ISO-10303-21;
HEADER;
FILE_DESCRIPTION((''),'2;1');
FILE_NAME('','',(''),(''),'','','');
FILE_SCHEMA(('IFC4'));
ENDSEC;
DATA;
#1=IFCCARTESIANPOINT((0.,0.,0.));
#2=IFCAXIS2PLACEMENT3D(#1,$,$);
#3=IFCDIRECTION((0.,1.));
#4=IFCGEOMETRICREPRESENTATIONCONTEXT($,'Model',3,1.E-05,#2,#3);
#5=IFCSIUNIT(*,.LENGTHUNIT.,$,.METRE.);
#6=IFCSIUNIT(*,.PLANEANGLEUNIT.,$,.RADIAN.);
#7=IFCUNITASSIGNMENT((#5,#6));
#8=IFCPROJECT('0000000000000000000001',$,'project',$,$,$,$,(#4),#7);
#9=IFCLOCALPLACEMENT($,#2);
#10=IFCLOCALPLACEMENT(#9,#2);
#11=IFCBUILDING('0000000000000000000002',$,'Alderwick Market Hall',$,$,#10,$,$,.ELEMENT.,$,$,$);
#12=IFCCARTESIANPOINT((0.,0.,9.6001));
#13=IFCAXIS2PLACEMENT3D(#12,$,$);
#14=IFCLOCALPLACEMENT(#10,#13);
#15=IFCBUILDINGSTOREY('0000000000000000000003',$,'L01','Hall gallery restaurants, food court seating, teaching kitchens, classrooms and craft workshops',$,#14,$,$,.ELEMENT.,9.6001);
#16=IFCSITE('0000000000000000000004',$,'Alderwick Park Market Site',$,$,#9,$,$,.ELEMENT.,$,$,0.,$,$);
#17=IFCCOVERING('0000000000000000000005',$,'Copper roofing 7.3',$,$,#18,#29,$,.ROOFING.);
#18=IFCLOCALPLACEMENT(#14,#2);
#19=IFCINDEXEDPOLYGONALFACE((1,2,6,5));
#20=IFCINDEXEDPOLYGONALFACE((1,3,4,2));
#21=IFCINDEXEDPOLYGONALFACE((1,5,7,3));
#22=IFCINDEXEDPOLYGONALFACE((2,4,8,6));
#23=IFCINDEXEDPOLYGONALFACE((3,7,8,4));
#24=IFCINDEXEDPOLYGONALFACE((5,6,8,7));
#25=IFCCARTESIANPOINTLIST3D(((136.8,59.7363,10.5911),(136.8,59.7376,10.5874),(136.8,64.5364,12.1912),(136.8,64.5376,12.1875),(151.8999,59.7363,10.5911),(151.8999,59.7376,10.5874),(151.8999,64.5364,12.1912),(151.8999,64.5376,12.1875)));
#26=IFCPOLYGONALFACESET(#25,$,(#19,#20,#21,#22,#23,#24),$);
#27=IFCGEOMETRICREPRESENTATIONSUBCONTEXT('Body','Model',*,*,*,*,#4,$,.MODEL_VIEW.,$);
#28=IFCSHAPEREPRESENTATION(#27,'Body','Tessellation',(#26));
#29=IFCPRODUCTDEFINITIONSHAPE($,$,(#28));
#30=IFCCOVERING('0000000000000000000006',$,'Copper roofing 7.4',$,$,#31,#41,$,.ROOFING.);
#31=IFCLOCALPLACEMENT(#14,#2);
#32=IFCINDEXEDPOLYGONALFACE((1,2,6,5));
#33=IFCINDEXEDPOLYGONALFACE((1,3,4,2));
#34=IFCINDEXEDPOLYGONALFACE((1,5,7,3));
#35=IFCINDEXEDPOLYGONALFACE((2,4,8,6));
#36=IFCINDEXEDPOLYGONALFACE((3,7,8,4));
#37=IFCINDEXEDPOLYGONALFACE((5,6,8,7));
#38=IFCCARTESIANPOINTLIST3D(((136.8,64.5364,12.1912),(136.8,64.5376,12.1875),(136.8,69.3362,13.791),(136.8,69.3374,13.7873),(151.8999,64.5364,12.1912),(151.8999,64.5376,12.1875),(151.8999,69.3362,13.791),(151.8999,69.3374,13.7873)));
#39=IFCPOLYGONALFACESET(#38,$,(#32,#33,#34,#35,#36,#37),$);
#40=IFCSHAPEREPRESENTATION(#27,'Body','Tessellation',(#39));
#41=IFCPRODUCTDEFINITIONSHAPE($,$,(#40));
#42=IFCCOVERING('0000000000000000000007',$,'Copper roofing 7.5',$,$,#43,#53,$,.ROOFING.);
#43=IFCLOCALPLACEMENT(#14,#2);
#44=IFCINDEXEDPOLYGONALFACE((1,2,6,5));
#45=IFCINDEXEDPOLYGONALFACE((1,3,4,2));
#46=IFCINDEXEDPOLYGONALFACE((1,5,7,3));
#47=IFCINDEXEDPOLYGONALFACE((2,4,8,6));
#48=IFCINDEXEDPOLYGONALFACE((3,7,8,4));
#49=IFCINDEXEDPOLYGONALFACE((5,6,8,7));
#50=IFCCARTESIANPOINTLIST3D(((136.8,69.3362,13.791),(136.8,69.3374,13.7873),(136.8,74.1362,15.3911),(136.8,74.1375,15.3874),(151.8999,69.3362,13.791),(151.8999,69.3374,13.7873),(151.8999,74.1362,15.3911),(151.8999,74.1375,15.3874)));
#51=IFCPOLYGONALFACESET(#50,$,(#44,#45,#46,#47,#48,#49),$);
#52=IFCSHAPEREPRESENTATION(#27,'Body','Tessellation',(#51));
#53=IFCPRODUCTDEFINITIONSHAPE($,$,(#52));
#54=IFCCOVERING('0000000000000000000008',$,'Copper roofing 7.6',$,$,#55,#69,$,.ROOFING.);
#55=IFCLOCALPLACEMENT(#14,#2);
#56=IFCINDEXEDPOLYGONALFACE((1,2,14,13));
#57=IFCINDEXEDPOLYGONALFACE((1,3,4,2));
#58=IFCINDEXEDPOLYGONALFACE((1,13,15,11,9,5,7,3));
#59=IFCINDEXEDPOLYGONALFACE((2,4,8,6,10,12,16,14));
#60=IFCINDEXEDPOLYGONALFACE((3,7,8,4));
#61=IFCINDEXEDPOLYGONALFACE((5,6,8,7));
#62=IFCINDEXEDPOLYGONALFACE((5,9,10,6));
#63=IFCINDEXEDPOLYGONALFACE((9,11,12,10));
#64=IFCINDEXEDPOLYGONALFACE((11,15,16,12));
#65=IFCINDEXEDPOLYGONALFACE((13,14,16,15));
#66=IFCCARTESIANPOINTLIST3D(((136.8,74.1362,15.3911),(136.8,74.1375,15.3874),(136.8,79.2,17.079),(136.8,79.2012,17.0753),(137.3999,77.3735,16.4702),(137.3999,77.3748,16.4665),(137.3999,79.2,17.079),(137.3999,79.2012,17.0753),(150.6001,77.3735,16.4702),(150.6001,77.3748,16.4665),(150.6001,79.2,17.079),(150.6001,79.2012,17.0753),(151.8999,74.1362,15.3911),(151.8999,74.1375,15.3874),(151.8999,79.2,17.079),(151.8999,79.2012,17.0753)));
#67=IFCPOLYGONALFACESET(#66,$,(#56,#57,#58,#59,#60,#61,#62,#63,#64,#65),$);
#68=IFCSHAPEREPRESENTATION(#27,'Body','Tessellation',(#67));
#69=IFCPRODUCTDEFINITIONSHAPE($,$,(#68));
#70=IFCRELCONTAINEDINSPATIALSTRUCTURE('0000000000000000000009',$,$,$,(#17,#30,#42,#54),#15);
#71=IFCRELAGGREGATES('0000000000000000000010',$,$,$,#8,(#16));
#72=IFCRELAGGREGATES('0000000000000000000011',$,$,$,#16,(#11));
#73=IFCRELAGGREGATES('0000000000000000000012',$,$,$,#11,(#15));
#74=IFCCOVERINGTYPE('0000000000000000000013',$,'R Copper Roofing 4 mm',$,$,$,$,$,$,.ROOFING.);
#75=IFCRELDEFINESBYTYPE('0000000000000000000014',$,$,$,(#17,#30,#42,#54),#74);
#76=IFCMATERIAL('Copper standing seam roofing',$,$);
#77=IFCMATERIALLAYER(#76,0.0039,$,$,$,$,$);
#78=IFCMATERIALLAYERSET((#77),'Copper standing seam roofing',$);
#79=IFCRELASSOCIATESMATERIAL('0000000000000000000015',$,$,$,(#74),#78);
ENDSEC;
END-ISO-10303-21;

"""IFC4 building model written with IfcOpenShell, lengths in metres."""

from ifc_helpers import new_model, si_unit, direction, frame, origin, place, context, subcontext, project, spatial, polyline, outline, extrude, material, layer, layer_set, type_object, element, save


model = new_model("IFC4")

# Units and contexts
model_context = context("Model", 3, precision=1e-05, world=origin(), true_north=direction((0.0, 1.0)))
body_context = subcontext(model_context, "Body", "Model", "MODEL_VIEW")
ifc_project = project(units=[si_unit("LENGTHUNIT", "METRE"), si_unit("PLANEANGLEUNIT", "RADIAN")], contexts=[model_context])

# Site, building, storey
site_placement = place(None, origin())
site = spatial("IfcSite", under=ifc_project, at=site_placement, Name="Alderwick Park Market Site", CompositionType="ELEMENT", RefElevation=0.0)
building_placement = place(site_placement, origin())
building = spatial("IfcBuilding", under=site, at=building_placement, Name="Alderwick Market Hall", CompositionType="ELEMENT")
storey_placement = place(building_placement, frame((0.0, 0.0, 9.6001)))
storey = spatial("IfcBuildingStorey", under=building, at=storey_placement, Name="L01", Description="Hall gallery restaurants, food court seating, teaching kitchens, classrooms and craft workshops", CompositionType="ELEMENT", Elevation=9.6001)

# Coverings
ifc_material_1 = material(Name="Copper standing seam roofing")
ifc_layer_1 = layer(ifc_material_1, 0.0039)
ifc_layer_set_1 = layer_set([ifc_layer_1], Name="Copper standing seam roofing")
covering_type = type_object("IfcCoveringType", Name="R Copper Roofing 4 mm", PredefinedType="ROOFING", material=ifc_layer_set_1)
covering_1_placement = place(storey_placement, frame((136.8, 59.7363, 10.5911), z_axis=(0.0, -0.316242, 0.948678), x_axis=(1.0, 0.0, 0.0)))
element("IfcCovering", 1, at=covering_1_placement, inside=storey, type_object=covering_type, Name="Copper roofing 7.3", PredefinedType="ROOFING", context=body_context, shape_type="SweptSolid", body=[
    extrude(outline(polyline([(0.0, 0.0), (15.0999, 0.0), (15.0999, 5.0597), (0.0, 5.0597), (0.0, 0.0)])), origin(), (0.0, 0.0, -1.0), 0.0039),
])
covering_2_placement = place(storey_placement, frame((136.8, 64.5364, 12.1912), z_axis=(0.0, -0.316213, 0.948688), x_axis=(1.0, 0.0, 0.0)))
element("IfcCovering", 2, at=covering_2_placement, inside=storey, type_object=covering_type, Name="Copper roofing 7.4", PredefinedType="ROOFING", context=body_context, shape_type="SweptSolid", body=[
    extrude(outline(polyline([(0.0, 0.0), (15.0999, 0.0), (15.0999, 5.0594), (0.0, 5.0594), (0.0, 0.0)])), origin(), (0.0, 0.0, -1.0), 0.0039),
])
covering_3_placement = place(storey_placement, frame((136.8, 69.3362, 13.791), z_axis=(0.0, -0.316242, 0.948678), x_axis=(1.0, 0.0, 0.0)))
element("IfcCovering", 3, at=covering_3_placement, inside=storey, type_object=covering_type, Name="Copper roofing 7.5", PredefinedType="ROOFING", context=body_context, shape_type="SweptSolid", body=[
    extrude(outline(polyline([(0.0, 0.0), (15.0999, 0.0), (15.0999, 5.0597), (0.0, 5.0597), (0.0, 0.0)])), origin(), (0.0, 0.0, -1.0), 0.0039),
])
covering_4_placement = place(storey_placement, frame((136.8, 74.1362, 15.3911), z_axis=(0.0, -0.31623, 0.948682), x_axis=(1.0, 0.0, 0.0)))
element("IfcCovering", 4, at=covering_4_placement, inside=storey, type_object=covering_type, Name="Copper roofing 7.6", PredefinedType="ROOFING", context=body_context, shape_type="SweptSolid", body=[
    extrude(outline(polyline([(0.0, 0.0), (15.0999, 0.0), (15.0999, 5.3377), (13.8, 5.3377), (13.8, 3.4124), (0.5999, 3.4124), (0.5999, 5.3377), (0.0, 5.3377), (0.0, 0.0)])), origin(), (0.0, 0.0, -1.0), 0.0039),
])

save(model, "model.ifc")
